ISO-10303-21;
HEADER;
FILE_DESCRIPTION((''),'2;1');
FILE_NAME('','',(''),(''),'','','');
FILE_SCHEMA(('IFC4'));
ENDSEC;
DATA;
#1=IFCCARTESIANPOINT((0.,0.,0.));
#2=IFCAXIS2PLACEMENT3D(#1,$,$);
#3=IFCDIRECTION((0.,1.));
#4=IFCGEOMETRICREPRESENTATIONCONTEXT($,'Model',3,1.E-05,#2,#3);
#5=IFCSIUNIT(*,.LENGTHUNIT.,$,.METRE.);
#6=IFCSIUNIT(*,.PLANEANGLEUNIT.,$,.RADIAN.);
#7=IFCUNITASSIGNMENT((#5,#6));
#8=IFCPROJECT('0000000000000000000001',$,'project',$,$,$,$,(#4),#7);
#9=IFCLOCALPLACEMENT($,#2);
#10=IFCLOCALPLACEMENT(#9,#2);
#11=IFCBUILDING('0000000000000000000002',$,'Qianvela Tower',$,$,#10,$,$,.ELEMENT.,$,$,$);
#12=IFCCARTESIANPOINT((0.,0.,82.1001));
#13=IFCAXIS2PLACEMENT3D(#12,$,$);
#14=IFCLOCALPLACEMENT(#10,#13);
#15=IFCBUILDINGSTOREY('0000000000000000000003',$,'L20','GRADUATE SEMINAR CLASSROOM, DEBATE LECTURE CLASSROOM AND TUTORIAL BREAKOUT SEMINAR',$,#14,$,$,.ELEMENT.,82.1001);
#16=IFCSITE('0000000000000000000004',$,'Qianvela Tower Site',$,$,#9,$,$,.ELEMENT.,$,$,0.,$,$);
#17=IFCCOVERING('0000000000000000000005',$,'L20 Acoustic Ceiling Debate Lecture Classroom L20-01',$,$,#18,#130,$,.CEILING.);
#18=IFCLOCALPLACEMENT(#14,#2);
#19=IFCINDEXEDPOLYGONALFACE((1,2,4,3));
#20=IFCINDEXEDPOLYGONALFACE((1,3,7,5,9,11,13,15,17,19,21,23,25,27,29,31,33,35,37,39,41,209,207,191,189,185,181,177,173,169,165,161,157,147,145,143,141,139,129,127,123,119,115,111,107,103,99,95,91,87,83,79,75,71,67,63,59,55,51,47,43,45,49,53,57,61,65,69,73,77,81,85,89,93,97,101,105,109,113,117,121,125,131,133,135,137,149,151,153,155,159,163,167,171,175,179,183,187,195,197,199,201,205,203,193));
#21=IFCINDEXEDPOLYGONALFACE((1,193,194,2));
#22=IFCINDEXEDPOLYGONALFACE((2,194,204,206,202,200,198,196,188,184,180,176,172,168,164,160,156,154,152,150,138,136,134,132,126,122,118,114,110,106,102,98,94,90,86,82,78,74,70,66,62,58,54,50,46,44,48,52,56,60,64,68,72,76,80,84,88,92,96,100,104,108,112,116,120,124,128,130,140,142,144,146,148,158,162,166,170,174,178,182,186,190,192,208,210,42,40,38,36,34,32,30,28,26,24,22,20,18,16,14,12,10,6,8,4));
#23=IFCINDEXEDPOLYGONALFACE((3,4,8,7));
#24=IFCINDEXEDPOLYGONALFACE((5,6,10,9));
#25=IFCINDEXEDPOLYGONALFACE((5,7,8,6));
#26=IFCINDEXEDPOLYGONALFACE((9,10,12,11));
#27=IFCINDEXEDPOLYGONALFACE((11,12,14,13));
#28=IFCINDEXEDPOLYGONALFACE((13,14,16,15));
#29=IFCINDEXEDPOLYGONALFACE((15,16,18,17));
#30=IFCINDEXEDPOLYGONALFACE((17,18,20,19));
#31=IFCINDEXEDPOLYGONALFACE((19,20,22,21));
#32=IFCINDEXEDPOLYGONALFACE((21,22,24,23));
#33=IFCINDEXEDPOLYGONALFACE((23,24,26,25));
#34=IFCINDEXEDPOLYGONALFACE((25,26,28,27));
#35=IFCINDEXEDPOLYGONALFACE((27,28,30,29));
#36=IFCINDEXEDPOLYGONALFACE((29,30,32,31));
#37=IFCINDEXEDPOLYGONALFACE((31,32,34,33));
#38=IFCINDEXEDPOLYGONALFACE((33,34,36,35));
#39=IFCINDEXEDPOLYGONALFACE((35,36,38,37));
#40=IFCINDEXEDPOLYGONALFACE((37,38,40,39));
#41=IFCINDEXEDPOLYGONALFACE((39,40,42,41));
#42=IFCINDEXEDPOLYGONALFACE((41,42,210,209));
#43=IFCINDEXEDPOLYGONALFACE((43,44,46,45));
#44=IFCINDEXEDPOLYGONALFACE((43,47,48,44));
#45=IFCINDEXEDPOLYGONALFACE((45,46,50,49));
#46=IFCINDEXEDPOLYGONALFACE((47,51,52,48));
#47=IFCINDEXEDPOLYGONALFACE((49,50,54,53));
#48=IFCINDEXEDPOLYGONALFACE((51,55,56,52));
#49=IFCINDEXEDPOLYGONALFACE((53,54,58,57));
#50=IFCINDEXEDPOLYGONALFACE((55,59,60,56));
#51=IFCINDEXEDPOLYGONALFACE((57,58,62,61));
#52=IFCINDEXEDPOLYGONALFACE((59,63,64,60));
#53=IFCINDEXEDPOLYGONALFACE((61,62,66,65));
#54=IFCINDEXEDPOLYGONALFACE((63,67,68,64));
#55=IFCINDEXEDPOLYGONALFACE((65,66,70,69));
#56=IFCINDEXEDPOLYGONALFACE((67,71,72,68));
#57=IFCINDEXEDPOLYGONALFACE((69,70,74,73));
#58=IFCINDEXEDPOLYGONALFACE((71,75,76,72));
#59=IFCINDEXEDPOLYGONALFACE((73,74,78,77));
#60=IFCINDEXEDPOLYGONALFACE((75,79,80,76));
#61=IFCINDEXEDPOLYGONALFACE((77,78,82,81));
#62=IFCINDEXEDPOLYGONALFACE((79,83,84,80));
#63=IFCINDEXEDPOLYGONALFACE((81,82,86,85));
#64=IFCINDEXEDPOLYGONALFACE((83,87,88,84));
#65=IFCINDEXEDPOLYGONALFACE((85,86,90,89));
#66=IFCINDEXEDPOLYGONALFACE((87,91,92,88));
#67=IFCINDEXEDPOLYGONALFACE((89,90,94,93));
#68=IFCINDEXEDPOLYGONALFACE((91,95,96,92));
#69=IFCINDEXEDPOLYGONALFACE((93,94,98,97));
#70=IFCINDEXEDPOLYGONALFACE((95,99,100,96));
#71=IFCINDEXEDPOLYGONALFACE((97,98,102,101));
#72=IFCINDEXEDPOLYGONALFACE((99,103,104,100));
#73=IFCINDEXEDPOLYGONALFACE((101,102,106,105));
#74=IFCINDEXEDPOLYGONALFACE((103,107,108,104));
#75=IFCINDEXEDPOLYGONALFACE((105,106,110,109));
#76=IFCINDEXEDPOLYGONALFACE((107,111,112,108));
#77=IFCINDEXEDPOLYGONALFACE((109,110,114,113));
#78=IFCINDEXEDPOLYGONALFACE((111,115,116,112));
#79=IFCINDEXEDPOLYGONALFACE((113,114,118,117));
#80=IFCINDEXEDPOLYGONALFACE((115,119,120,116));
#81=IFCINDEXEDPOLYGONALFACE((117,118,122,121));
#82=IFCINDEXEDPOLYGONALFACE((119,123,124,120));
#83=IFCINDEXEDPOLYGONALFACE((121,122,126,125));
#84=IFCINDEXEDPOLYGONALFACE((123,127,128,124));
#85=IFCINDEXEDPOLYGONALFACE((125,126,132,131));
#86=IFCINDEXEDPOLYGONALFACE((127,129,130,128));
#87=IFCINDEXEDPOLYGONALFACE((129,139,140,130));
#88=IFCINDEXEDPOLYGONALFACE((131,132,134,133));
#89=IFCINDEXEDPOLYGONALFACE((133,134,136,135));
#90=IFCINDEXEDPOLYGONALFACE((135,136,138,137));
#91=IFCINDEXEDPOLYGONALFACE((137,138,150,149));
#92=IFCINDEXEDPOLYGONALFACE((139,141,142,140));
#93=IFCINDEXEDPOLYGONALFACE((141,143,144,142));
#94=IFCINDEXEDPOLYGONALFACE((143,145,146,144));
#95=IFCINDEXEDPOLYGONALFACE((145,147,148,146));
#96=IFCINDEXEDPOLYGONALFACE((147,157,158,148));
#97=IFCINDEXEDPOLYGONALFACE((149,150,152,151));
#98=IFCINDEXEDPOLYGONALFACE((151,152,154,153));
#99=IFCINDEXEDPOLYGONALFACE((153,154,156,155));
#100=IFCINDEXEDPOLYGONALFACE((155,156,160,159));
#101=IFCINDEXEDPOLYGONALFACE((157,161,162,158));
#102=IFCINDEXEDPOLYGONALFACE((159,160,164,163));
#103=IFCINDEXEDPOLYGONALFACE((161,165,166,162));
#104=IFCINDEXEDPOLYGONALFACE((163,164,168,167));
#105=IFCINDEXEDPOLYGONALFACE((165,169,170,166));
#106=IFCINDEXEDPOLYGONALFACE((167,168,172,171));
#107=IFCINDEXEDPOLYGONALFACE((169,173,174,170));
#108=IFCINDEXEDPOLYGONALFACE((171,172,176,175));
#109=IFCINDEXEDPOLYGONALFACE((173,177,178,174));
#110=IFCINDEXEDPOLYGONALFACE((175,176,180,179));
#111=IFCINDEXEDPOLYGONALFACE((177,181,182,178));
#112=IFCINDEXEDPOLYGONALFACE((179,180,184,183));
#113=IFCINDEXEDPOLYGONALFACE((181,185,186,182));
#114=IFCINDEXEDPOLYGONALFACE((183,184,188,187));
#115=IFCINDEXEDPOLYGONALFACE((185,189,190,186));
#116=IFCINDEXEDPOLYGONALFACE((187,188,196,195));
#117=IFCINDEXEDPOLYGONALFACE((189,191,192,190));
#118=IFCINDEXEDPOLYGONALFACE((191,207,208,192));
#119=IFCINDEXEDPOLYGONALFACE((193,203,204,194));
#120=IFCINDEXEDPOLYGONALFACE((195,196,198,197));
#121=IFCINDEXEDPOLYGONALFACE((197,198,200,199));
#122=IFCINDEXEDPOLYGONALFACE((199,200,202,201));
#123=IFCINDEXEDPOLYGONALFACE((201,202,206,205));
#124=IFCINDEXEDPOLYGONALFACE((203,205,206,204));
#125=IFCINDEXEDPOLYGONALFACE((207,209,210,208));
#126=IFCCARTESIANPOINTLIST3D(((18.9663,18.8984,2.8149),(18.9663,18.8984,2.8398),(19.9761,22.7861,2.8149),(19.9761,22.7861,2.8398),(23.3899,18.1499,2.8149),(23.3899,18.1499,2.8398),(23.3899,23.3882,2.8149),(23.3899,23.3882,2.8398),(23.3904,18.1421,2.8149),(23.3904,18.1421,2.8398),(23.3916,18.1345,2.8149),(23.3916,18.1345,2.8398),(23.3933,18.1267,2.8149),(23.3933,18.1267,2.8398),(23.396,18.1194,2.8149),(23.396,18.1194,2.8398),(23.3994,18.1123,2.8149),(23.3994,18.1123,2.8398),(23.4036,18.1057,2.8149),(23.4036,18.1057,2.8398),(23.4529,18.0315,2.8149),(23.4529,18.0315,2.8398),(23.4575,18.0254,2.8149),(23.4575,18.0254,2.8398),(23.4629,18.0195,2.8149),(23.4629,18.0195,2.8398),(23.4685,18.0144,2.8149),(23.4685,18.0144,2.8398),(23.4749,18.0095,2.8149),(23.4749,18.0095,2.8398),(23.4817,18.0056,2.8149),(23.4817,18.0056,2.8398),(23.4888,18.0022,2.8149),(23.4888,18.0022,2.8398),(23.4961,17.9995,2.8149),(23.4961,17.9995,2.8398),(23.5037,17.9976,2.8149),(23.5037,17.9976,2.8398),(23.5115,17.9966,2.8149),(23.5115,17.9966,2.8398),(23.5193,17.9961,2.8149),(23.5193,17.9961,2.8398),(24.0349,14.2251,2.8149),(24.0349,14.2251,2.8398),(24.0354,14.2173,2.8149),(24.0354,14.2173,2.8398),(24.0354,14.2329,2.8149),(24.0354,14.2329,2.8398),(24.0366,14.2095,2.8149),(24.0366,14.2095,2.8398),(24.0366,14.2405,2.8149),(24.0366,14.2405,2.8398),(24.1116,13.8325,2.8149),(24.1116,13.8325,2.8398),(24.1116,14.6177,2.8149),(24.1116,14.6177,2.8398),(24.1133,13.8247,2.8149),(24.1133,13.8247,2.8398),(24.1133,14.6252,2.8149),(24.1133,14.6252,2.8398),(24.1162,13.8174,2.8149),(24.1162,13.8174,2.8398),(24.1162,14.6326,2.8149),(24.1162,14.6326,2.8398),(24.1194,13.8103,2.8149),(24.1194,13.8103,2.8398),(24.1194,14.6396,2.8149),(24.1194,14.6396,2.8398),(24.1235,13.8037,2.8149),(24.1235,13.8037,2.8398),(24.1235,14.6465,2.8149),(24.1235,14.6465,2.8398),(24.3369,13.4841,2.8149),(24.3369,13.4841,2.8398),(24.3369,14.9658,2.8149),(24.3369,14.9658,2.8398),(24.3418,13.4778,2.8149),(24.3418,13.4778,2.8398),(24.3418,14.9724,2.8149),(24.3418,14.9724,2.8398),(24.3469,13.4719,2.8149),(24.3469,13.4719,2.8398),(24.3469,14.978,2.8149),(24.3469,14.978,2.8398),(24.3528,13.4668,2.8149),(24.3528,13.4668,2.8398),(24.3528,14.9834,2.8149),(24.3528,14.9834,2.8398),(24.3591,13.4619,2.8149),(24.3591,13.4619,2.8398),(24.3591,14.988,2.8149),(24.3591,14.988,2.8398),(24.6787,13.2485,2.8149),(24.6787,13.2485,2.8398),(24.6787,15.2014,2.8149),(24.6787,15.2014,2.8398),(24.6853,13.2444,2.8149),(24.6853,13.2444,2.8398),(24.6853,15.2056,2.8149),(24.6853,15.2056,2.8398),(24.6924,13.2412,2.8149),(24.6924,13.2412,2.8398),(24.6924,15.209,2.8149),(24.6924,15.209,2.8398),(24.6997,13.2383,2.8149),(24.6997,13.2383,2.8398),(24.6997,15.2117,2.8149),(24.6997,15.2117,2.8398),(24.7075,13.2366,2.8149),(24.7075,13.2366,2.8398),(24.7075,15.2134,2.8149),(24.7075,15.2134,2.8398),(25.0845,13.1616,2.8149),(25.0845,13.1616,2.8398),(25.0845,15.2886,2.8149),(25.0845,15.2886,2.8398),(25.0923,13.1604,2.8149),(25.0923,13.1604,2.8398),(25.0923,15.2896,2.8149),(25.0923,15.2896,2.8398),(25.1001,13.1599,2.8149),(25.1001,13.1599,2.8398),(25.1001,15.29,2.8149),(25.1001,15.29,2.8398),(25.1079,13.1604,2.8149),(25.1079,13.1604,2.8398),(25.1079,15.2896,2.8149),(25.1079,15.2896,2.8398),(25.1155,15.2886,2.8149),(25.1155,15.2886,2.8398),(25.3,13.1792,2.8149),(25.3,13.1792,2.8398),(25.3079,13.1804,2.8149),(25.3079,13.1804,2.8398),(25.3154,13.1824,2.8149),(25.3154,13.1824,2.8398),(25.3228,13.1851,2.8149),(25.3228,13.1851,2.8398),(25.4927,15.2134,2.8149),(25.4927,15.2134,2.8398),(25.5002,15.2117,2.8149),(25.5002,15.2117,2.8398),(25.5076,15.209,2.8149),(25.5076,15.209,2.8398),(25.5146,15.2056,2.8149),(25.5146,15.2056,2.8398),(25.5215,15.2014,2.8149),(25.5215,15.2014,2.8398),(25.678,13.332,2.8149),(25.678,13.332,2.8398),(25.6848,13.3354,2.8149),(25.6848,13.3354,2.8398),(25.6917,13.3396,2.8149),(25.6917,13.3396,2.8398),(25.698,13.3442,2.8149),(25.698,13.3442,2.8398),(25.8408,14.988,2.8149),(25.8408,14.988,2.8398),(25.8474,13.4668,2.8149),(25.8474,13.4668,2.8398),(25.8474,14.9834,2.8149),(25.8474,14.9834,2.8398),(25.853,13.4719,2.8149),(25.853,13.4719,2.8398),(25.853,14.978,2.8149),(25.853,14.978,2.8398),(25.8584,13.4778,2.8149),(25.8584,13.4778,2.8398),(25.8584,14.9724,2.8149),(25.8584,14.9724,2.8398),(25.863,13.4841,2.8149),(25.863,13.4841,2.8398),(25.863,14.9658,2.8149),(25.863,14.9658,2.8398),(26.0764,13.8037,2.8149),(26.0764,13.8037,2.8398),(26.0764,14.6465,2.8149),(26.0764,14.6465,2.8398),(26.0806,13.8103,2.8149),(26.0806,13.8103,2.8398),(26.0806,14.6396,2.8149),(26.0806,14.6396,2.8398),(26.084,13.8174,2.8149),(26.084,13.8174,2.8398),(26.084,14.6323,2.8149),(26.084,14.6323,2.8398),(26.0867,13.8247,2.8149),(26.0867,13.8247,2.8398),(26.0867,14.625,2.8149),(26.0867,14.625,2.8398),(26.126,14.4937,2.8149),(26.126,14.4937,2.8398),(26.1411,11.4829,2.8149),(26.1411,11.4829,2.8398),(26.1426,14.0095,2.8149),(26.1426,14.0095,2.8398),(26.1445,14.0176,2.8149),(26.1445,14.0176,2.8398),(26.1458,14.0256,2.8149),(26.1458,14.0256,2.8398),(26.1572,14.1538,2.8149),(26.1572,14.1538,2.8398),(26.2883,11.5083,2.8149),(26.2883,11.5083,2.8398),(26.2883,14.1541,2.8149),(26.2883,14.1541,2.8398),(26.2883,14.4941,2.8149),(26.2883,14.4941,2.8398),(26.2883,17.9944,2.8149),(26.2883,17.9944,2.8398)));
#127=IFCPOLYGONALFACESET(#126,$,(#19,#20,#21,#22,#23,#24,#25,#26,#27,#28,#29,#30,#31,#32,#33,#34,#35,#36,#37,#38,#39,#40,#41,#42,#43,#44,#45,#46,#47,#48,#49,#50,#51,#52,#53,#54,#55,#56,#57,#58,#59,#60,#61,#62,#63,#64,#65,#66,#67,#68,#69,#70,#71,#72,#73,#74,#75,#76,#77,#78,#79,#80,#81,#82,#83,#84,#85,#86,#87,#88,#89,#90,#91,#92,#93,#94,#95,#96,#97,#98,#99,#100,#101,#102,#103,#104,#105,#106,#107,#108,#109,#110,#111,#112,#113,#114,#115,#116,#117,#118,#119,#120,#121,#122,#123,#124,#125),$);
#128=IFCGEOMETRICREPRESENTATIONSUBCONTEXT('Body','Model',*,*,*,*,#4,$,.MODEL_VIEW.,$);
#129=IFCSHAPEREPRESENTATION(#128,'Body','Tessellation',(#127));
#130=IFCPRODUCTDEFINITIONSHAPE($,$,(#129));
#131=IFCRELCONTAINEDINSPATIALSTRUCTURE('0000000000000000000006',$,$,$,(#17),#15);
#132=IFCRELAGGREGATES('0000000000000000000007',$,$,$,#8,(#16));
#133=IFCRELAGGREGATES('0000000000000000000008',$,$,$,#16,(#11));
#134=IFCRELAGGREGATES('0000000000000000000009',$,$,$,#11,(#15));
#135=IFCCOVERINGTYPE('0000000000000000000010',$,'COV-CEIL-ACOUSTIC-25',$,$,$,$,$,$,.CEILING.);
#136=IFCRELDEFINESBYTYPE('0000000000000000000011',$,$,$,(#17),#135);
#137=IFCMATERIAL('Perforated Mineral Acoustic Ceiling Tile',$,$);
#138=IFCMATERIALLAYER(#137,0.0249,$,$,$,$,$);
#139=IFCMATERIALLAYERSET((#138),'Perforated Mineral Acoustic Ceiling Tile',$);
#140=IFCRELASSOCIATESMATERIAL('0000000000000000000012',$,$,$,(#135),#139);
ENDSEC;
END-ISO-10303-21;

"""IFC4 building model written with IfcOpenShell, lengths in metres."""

from ifc_helpers import new_model, si_unit, direction, frame, origin, place, context, subcontext, project, spatial, polyline, outline, extrude, material, layer, layer_set, type_object, element, save


model = new_model("IFC4")

# Units and contexts
model_context = context("Model", 3, precision=1e-05, world=origin(), true_north=direction((0.0, 1.0)))
body_context = subcontext(model_context, "Body", "Model", "MODEL_VIEW")
ifc_project = project(units=[si_unit("LENGTHUNIT", "METRE"), si_unit("PLANEANGLEUNIT", "RADIAN")], contexts=[model_context])

# Site, building, storey
site_placement = place(None, origin())
site = spatial("IfcSite", under=ifc_project, at=site_placement, Name="Qianvela Tower Site", CompositionType="ELEMENT", RefElevation=0.0)
building_placement = place(site_placement, origin())
building = spatial("IfcBuilding", under=site, at=building_placement, Name="Qianvela Tower", CompositionType="ELEMENT")
storey_placement = place(building_placement, frame((0.0, 0.0, 82.1001)))
storey = spatial("IfcBuildingStorey", under=building, at=storey_placement, Name="L20", Description="GRADUATE SEMINAR CLASSROOM, DEBATE LECTURE CLASSROOM AND TUTORIAL BREAKOUT SEMINAR", CompositionType="ELEMENT", Elevation=82.1001)

# Covering
ifc_material_1 = material(Name="Perforated Mineral Acoustic Ceiling Tile")
ifc_layer_1 = layer(ifc_material_1, 0.0249)
ifc_layer_set_1 = layer_set([ifc_layer_1], Name="Perforated Mineral Acoustic Ceiling Tile")
covering_type_1 = type_object("IfcCoveringType", Name="COV-CEIL-ACOUSTIC-25", PredefinedType="CEILING", material=ifc_layer_set_1)
covering_1_placement = place(storey_placement, frame((0.0, 0.0, 2.8149)))
element("IfcCovering", 1, at=covering_1_placement, inside=storey, type_object=covering_type_1, Name="L20 Acoustic Ceiling Debate Lecture Classroom L20-01", PredefinedType="CEILING", context=body_context, shape_type="SweptSolid", body=[
    extrude(outline(polyline([(23.4529, 18.0315), (23.4575, 18.0254), (23.4629, 18.0195), (23.4685, 18.0144), (23.4749, 18.0095), (23.4817, 18.0056), (23.4888, 18.0022), (23.4961, 17.9995), (23.5037, 17.9976), (23.5115, 17.9966), (23.5193, 17.9961), (26.2883, 17.9944), (26.2883, 14.4941), (26.126, 14.4937), (26.0867, 14.625), (26.084, 14.6323), (26.0806, 14.6396), (26.0764, 14.6465), (25.863, 14.9658), (25.8584, 14.9724), (25.853, 14.978), (25.8474, 14.9834), (25.8408, 14.988), (25.5215, 15.2014), (25.5146, 15.2056), (25.5076, 15.209), (25.5002, 15.2117), (25.4927, 15.2134), (25.1155, 15.2886), (25.1079, 15.2896), (25.1001, 15.29), (25.0923, 15.2896), (25.0845, 15.2886), (24.7075, 15.2134), (24.6997, 15.2117), (24.6924, 15.209), (24.6853, 15.2056), (24.6787, 15.2014), (24.3591, 14.988), (24.3528, 14.9834), (24.3469, 14.978), (24.3418, 14.9724), (24.3369, 14.9658), (24.1235, 14.6465), (24.1194, 14.6396), (24.1162, 14.6326), (24.1133, 14.6252), (24.1116, 14.6177), (24.0366, 14.2405), (24.0354, 14.2329), (24.0349, 14.2251), (24.0354, 14.2173), (24.0366, 14.2095), (24.1116, 13.8325), (24.1133, 13.8247), (24.1162, 13.8174), (24.1194, 13.8103), (24.1235, 13.8037), (24.3369, 13.4841), (24.3418, 13.4778), (24.3469, 13.4719), (24.3528, 13.4668), (24.3591, 13.4619), (24.6787, 13.2485), (24.6853, 13.2444), (24.6924, 13.2412), (24.6997, 13.2383), (24.7075, 13.2366), (25.0845, 13.1616), (25.0923, 13.1604), (25.1001, 13.1599), (25.1079, 13.1604), (25.3, 13.1792), (25.3079, 13.1804), (25.3154, 13.1824), (25.3228, 13.1851), (25.678, 13.332), (25.6848, 13.3354), (25.6917, 13.3396), (25.698, 13.3442), (25.8474, 13.4668), (25.853, 13.4719), (25.8584, 13.4778), (25.863, 13.4841), (26.0764, 13.8037), (26.0806, 13.8103), (26.084, 13.8174), (26.0867, 13.8247), (26.1426, 14.0095), (26.1445, 14.0176), (26.1458, 14.0256), (26.1572, 14.1538), (26.2883, 14.1541), (26.2883, 11.5083), (26.1411, 11.4829), (18.9663, 18.8984), (19.9761, 22.7861), (23.3899, 23.3882), (23.3899, 18.1499), (23.3904, 18.1421), (23.3916, 18.1345), (23.3933, 18.1267), (23.396, 18.1194), (23.3994, 18.1123), (23.4036, 18.1057), (23.4529, 18.0315)])), origin(), (0.0, 0.0, 1.0), 0.0249),
])

save(model, "model.ifc")
